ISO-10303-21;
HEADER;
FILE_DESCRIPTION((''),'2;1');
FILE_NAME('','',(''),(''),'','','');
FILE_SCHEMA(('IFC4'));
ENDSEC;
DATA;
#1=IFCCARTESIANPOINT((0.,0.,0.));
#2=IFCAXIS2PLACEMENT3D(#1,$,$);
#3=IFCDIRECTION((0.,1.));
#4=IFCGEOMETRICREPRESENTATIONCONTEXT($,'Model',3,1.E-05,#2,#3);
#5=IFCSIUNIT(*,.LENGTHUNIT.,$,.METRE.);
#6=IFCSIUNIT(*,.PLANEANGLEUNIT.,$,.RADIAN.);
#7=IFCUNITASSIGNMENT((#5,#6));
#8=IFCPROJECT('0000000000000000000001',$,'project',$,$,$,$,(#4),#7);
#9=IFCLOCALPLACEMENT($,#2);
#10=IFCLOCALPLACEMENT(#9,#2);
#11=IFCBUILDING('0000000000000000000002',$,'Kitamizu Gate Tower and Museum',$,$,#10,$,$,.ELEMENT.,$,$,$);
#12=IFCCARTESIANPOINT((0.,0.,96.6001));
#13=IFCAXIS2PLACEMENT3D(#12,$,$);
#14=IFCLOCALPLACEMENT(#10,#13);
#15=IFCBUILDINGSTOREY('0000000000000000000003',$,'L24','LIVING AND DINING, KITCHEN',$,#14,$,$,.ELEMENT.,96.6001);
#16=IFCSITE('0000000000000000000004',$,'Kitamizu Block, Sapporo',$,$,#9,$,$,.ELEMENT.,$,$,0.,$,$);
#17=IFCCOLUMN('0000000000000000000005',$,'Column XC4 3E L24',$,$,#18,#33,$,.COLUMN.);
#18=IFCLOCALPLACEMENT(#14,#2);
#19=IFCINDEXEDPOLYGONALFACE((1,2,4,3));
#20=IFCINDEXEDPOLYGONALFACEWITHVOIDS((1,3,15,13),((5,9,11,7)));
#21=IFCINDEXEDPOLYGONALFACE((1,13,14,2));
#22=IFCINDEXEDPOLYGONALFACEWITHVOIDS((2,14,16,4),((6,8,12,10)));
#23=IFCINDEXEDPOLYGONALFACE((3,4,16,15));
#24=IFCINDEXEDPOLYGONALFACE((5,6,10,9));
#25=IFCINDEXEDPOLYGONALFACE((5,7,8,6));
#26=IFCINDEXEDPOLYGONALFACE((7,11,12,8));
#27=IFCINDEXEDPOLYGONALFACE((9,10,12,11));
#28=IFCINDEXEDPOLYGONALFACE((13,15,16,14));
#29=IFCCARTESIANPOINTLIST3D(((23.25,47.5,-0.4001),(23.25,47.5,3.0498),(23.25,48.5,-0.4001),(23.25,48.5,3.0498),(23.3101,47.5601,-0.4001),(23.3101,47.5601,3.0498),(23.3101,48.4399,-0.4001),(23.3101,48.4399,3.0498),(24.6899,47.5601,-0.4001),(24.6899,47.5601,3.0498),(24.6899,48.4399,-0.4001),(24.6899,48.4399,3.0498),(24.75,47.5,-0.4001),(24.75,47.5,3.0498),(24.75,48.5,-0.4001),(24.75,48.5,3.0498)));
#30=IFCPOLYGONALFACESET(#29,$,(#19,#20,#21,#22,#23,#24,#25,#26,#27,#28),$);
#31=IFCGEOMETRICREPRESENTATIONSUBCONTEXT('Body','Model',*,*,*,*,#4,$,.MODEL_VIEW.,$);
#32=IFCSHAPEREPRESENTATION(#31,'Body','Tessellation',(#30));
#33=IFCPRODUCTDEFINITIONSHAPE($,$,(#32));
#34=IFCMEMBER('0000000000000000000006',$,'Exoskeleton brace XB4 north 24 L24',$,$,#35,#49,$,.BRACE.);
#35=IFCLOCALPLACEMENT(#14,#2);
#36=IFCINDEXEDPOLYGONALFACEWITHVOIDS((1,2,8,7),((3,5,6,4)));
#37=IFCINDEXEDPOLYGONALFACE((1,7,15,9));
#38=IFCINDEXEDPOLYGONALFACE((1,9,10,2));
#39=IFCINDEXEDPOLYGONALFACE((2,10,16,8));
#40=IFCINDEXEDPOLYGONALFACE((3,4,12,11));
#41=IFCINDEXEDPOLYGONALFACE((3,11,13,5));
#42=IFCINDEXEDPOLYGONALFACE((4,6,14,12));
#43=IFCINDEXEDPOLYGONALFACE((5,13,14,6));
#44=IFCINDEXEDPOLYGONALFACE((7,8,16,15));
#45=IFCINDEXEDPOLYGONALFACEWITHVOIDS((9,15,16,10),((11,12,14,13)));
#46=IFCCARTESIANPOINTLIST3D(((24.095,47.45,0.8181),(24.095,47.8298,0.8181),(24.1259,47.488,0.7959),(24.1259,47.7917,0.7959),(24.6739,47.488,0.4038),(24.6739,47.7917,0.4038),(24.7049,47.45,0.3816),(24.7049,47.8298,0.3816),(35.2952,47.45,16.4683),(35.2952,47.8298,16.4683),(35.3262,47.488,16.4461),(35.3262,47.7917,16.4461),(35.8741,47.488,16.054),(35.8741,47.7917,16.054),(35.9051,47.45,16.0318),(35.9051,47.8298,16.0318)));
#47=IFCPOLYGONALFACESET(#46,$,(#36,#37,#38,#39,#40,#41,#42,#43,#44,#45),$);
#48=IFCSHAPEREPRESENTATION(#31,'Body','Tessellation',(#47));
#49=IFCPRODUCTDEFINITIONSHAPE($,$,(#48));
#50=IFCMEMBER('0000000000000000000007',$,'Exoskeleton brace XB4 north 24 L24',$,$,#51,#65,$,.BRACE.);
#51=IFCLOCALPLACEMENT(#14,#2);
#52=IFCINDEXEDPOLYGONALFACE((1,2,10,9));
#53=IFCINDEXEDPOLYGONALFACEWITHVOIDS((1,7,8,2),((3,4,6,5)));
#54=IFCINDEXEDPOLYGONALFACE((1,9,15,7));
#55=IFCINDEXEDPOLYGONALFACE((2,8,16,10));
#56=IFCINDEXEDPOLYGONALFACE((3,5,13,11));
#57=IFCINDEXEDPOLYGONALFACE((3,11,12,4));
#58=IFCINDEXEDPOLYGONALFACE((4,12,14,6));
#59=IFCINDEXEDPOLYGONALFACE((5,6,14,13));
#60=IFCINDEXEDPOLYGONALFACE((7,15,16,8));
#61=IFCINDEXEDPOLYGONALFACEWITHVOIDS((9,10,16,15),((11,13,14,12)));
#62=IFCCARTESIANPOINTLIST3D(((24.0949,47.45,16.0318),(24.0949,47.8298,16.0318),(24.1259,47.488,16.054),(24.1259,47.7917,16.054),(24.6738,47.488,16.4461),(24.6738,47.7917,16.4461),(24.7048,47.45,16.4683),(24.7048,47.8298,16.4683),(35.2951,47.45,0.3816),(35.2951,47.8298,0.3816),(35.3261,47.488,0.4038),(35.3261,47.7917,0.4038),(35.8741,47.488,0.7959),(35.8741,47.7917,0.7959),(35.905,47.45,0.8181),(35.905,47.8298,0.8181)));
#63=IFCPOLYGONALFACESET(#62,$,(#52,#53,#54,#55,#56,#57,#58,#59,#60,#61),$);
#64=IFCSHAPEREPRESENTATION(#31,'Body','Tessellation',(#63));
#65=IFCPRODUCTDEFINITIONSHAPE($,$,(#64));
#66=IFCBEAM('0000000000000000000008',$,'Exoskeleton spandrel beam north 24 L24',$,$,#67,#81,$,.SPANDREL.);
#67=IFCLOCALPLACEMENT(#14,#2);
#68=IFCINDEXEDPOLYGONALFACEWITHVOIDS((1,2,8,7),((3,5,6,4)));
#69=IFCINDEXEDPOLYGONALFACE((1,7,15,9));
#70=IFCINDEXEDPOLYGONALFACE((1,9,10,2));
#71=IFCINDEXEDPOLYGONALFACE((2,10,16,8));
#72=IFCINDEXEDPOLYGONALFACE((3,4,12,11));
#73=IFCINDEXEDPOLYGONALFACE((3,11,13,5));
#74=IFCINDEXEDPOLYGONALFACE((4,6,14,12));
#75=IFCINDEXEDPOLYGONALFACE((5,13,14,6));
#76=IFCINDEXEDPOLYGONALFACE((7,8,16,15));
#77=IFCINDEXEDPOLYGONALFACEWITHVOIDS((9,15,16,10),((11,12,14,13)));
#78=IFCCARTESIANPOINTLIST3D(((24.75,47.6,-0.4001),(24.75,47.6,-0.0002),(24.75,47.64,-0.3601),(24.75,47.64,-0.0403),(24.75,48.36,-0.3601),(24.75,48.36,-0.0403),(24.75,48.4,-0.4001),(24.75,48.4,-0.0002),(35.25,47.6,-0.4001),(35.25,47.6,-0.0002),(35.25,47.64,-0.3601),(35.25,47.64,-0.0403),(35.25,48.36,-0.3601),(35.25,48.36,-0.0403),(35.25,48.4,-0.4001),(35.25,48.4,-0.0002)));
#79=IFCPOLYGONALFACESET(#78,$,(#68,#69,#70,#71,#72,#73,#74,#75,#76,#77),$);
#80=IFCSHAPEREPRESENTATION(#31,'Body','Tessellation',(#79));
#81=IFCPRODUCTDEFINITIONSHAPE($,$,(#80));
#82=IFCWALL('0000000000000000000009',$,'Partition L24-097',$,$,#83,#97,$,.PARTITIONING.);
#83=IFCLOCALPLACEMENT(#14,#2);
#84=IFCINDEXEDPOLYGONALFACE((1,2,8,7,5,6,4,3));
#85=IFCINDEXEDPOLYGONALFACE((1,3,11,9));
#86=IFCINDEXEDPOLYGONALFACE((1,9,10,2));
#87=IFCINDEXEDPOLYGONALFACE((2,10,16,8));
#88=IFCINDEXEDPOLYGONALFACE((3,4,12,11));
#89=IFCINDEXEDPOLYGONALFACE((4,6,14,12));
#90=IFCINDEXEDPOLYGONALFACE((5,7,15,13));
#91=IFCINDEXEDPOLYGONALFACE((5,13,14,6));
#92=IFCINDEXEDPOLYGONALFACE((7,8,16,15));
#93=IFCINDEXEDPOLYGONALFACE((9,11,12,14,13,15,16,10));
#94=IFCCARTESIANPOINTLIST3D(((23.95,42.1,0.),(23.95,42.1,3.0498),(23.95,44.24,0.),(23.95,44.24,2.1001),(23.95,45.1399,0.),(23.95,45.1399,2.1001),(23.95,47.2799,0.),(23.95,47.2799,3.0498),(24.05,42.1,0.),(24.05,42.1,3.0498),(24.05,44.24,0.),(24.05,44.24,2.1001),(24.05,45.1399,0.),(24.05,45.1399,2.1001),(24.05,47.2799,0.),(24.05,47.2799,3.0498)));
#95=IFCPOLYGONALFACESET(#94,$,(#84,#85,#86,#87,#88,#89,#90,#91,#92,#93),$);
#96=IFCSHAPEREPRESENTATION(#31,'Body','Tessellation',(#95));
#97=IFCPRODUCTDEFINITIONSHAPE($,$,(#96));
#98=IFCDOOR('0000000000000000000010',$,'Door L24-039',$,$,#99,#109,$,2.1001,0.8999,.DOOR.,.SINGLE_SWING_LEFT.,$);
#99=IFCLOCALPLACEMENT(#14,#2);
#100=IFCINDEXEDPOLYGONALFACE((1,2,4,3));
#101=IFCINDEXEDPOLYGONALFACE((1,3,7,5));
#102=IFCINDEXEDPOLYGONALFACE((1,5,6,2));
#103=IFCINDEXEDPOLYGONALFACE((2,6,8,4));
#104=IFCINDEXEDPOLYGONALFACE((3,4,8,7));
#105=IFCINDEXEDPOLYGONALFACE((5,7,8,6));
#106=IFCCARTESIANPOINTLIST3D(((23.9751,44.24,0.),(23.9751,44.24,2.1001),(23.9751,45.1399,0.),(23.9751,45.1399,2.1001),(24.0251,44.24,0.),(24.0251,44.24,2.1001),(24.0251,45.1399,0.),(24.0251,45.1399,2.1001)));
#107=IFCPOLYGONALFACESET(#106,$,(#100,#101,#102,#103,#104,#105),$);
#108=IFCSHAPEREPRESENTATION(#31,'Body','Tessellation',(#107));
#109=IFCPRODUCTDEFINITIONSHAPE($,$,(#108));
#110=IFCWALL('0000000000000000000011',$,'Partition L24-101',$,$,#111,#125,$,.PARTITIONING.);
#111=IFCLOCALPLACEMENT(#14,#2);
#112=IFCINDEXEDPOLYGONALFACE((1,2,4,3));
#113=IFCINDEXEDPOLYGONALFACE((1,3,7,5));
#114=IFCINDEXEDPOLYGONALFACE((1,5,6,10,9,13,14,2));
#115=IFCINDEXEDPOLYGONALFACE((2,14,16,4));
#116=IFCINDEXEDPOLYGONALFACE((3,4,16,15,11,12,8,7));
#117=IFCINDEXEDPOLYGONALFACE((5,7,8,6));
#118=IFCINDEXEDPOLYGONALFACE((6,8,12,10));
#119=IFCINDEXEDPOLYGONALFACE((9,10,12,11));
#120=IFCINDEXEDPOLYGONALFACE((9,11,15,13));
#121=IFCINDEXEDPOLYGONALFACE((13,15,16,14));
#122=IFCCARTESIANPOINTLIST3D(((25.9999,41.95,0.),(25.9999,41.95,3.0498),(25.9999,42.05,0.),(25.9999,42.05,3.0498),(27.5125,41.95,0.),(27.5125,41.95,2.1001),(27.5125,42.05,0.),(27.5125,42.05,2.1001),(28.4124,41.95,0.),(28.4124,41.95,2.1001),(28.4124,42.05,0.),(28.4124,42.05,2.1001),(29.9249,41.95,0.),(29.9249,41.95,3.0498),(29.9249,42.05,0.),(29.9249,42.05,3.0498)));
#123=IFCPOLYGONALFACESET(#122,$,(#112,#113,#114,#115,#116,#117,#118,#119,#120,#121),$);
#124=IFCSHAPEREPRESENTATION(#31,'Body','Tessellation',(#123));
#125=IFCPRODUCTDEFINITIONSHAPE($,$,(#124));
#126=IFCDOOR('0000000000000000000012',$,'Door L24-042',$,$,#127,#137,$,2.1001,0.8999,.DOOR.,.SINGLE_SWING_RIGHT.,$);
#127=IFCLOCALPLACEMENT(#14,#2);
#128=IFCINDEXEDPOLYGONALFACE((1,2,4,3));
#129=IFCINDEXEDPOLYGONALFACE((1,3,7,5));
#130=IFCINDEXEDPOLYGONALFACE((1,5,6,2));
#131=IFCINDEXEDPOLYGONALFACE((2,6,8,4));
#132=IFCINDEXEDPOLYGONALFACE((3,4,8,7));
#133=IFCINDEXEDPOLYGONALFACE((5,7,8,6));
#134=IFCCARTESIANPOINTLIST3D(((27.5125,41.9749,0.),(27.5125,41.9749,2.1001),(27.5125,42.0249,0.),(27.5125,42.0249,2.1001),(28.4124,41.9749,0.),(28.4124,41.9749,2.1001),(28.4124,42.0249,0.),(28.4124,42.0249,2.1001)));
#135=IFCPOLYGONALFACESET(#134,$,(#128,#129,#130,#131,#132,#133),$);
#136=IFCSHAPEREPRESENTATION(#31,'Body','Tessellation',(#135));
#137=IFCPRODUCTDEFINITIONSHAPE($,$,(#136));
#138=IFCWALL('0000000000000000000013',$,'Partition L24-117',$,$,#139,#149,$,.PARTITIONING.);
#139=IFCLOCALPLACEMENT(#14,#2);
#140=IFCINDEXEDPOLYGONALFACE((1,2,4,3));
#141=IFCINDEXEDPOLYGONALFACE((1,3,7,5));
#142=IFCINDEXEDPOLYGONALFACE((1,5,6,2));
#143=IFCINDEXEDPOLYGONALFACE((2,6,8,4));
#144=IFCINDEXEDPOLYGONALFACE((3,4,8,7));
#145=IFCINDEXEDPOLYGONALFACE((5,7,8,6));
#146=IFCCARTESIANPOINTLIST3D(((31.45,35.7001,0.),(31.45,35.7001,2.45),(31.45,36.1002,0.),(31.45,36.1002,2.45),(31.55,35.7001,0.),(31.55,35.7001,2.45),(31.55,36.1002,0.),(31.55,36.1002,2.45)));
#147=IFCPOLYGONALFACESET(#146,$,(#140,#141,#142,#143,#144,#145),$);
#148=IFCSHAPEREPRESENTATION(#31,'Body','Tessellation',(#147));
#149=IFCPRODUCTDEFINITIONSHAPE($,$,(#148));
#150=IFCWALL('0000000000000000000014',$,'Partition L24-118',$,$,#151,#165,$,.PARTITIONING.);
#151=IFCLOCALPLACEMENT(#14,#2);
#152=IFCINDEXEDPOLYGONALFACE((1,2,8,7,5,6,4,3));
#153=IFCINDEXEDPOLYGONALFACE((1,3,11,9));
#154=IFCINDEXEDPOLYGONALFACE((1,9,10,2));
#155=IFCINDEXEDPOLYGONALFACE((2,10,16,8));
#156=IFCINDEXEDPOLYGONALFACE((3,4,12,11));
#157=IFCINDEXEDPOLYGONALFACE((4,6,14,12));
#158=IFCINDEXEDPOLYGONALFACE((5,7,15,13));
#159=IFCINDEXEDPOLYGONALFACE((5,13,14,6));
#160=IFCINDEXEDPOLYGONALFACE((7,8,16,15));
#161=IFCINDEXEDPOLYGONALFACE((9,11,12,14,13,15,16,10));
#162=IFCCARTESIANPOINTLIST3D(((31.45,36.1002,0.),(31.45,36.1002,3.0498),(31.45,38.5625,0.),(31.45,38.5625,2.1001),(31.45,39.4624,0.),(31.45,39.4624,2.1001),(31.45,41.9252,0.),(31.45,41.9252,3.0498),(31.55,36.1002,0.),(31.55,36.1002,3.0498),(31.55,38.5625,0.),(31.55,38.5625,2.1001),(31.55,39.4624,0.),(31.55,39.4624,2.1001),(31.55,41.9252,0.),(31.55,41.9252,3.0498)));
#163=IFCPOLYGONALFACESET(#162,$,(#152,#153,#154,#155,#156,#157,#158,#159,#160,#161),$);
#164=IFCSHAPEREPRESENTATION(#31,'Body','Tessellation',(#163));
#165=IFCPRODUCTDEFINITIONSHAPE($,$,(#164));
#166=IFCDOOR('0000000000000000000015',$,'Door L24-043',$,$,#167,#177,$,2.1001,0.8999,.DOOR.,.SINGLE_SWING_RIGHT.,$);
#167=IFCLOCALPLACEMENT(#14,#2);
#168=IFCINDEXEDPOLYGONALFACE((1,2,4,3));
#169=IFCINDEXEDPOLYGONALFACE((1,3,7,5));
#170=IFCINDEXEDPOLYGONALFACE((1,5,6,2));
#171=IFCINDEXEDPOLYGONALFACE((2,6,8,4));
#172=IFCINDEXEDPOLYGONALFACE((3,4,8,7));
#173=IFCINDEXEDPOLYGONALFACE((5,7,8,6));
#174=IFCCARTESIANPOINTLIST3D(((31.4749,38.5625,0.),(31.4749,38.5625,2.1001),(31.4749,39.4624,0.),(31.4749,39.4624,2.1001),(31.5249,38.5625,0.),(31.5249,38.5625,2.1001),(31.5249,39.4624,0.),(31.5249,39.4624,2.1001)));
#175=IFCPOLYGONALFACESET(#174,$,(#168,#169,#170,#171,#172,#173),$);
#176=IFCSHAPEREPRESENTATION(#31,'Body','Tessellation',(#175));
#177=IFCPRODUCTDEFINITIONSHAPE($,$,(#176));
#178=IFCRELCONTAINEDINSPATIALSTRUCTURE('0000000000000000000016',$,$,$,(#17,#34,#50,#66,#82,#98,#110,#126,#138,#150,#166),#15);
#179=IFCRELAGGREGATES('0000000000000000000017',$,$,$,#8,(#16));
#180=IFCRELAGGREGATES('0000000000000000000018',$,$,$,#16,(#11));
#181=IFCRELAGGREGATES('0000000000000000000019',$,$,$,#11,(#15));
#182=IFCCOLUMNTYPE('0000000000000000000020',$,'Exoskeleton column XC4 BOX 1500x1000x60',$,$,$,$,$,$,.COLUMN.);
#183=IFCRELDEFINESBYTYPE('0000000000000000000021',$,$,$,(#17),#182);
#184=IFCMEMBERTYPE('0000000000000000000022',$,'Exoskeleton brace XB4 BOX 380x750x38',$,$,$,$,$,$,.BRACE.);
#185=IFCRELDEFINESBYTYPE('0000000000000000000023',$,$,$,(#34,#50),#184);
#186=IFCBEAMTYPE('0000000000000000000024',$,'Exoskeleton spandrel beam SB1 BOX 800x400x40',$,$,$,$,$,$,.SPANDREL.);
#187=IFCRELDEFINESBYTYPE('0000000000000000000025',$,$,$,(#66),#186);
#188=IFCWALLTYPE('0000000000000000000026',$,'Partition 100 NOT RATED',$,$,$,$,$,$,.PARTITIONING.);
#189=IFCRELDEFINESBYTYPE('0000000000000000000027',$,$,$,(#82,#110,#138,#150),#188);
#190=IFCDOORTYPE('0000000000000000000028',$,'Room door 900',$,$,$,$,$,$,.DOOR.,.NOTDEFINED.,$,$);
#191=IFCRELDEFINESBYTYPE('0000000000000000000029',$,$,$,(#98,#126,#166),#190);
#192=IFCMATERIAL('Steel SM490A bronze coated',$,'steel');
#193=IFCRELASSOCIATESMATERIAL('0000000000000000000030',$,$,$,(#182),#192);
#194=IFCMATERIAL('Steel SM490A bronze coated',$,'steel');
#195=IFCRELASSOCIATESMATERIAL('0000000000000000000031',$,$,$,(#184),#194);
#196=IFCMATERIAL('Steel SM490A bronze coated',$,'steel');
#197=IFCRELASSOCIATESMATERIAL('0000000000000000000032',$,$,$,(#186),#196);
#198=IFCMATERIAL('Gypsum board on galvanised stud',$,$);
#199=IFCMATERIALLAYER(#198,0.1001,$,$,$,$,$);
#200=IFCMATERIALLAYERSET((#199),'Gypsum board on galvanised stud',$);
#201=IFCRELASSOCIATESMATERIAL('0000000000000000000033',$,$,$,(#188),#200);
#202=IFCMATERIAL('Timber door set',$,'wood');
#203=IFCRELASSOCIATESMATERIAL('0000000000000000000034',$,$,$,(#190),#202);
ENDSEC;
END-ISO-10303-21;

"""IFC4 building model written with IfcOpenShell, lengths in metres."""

from ifc_helpers import new_model, si_unit, direction, frame, frame_2d, origin, origin_2d, place, context, subcontext, project, spatial, rectangle, hollow_rectangle, extrude, material, layer, layer_set, material_profile, profile_set, type_object, element, fill, save


model = new_model("IFC4")

# Units and contexts
model_context = context("Model", 3, precision=1e-05, world=origin(), true_north=direction((0.0, 1.0)))
body_context = subcontext(model_context, "Body", "Model", "MODEL_VIEW")
ifc_project = project(units=[si_unit("LENGTHUNIT", "METRE"), si_unit("PLANEANGLEUNIT", "RADIAN")], contexts=[model_context])

# Site, building, storey
site_placement = place(None, origin())
site = spatial("IfcSite", under=ifc_project, at=site_placement, Name="Kitamizu Block, Sapporo", CompositionType="ELEMENT", RefElevation=0.0)
building_placement = place(site_placement, origin())
building = spatial("IfcBuilding", under=site, at=building_placement, Name="Kitamizu Gate Tower and Museum", CompositionType="ELEMENT")
storey_placement = place(building_placement, frame((0.0, 0.0, 96.6001)))
storey = spatial("IfcBuildingStorey", under=building, at=storey_placement, Name="L24", Description="LIVING AND DINING, KITCHEN", CompositionType="ELEMENT", Elevation=96.6001)

# Column
ifc_material_1 = material(Name="Steel SM490A bronze coated", Category="steel")
ifc_material_profile_1 = material_profile(ifc_material_1, hollow_rectangle(XDim=1.5, YDim=1.0, WallThickness=0.0601, at=origin_2d()), Name="BOX 1500x1000x60")
ifc_profile_set_1 = profile_set([ifc_material_profile_1], Name="Steel SM490A bronze coated")
column_type = type_object("IfcColumnType", Name="Exoskeleton column XC4 BOX 1500x1000x60", PredefinedType="COLUMN", material=ifc_profile_set_1)
column_placement = place(storey_placement, frame((24.0, 48.0, -0.4001), z_axis=(0.0, 0.0, 1.0), x_axis=(1.0, 0.0, 0.0)))
element("IfcColumn", 1, at=column_placement, inside=storey, type_object=column_type, Name="Column XC4 3E L24", PredefinedType="COLUMN", context=body_context, shape_type="SweptSolid", body=[
    extrude(hollow_rectangle(XDim=1.5, YDim=1.0, WallThickness=0.0601, at=origin_2d()), origin(), (0.0, 0.0, 1.0), 3.45),
])

# Members
ifc_material_2 = material(Name="Steel SM490A bronze coated", Category="steel")
ifc_material_profile_2 = material_profile(ifc_material_2, hollow_rectangle(XDim=0.3799, YDim=0.75, WallThickness=0.0381, at=origin_2d()), Name="BOX 380x750x38")
ifc_profile_set_2 = profile_set([ifc_material_profile_2], Name="Steel SM490A bronze coated")
member_type = type_object("IfcMemberType", Name="Exoskeleton brace XB4 BOX 380x750x38", PredefinedType="BRACE", material=ifc_profile_set_2)
for number, where, z_axis, x_axis, name in (
    (2, (24.3999, 47.6399, 0.5999), (0.581978, 0.0, 0.813204), (0.0, 1.0, 0.0), "Exoskeleton brace XB4 north 24 L24"),
    (3, (35.6001, 47.6399, 0.5999), (-0.581978, 0.0, 0.813204), (0.0, -1.0, 0.0), "Exoskeleton brace XB4 north 24 L24"),
):
    element("IfcMember", number, at=place(storey_placement, frame(where, z_axis=z_axis, x_axis=x_axis)), inside=storey, type_object=member_type, Name=name, PredefinedType="BRACE", context=body_context, shape_type="SweptSolid", body=[
        extrude(hollow_rectangle(XDim=0.3799, YDim=0.75, WallThickness=0.0381, at=origin_2d()), origin(), (0.0, 0.0, 1.0), 19.2451),
    ])

# Beam
ifc_material_3 = material(Name="Steel SM490A bronze coated", Category="steel")
ifc_material_profile_3 = material_profile(ifc_material_3, hollow_rectangle(XDim=0.8, YDim=0.3999, WallThickness=0.04, at=origin_2d()), Name="BOX 800x400x40")
ifc_profile_set_3 = profile_set([ifc_material_profile_3], Name="Steel SM490A bronze coated")
beam_type = type_object("IfcBeamType", Name="Exoskeleton spandrel beam SB1 BOX 800x400x40", PredefinedType="SPANDREL", material=ifc_profile_set_3)
beam_placement = place(storey_placement, frame((24.75, 48.0, -0.2002), z_axis=(1.0, 0.0, 0.0), x_axis=(0.0, 1.0, 0.0)))
element("IfcBeam", 4, at=beam_placement, inside=storey, type_object=beam_type, Name="Exoskeleton spandrel beam north 24 L24", PredefinedType="SPANDREL", context=body_context, shape_type="SweptSolid", body=[
    extrude(hollow_rectangle(XDim=0.8, YDim=0.3999, WallThickness=0.04, at=origin_2d()), origin(), (0.0, 0.0, 1.0), 10.5),
])

# Walls, openings, doors
ifc_material_4 = material(Name="Gypsum board on galvanised stud")
ifc_layer_1 = layer(ifc_material_4, 0.1001)
ifc_layer_set_1 = layer_set([ifc_layer_1], Name="Gypsum board on galvanised stud")
wall_type_1 = type_object("IfcWallType", Name="Partition 100 NOT RATED", PredefinedType="PARTITIONING", material=ifc_layer_set_1)
wall_1_placement = place(storey_placement, frame((24.0, 42.1001, 0.0), z_axis=(0.0, 0.0, 1.0), x_axis=(0.0, 1.0, 0.0)))
wall_1 = element("IfcWall", 5, at=wall_1_placement, inside=storey, type_object=wall_type_1, Name="Partition L24-097", PredefinedType="PARTITIONING", context=body_context, shape_type="SweptSolid", body=[
    extrude(rectangle(XDim=5.1799, YDim=0.1001, at=frame_2d((2.5898, 0.0))), origin(), (0.0, 0.0, 1.0), 3.0498),
])
opening_1_placement = place(wall_1_placement, frame((2.1399, 0.0, 0.0)))
opening_1 = element("IfcOpeningElement", 6, at=opening_1_placement, cuts=wall_1, PredefinedType="OPENING", context=body_context, shape_type="SweptSolid", body=[
    extrude(rectangle(XDim=0.8999, YDim=2.1001, at=frame_2d((0.45, 1.05))), frame((0.0, 0.0601, 0.0), z_axis=(0.0, -1.0, 0.0), x_axis=(1.0, 0.0, 0.0)), (0.0, 0.0, 1.0), 0.1201),
])
ifc_material_5 = material(Name="Timber door set", Category="wood")
door_type_1 = type_object("IfcDoorType", Name="Room door 900", OperationType="NOTDEFINED", PredefinedType="DOOR", material=ifc_material_5)
door_1_placement = place(opening_1_placement, origin())
door_1 = element("IfcDoor", 7, at=door_1_placement, inside=storey, type_object=door_type_1, Name="Door L24-039", OperationType="SINGLE_SWING_LEFT", OverallHeight=2.1001, OverallWidth=0.8999, PredefinedType="DOOR", context=body_context, shape_type="SweptSolid", body=[
    extrude(rectangle(XDim=0.8999, YDim=2.1001, at=frame_2d((0.45, 1.05))), frame((0.0, 0.0249, 0.0), z_axis=(0.0, -1.0, 0.0), x_axis=(1.0, 0.0, 0.0)), (0.0, 0.0, 1.0), 0.05),
])
fill(opening_1, door_1)
wall_2_placement = place(storey_placement, frame((26.0, 42.0, 0.0), z_axis=(0.0, 0.0, 1.0), x_axis=(1.0, 0.0, 0.0)))
wall_2 = element("IfcWall", 8, at=wall_2_placement, inside=storey, type_object=wall_type_1, Name="Partition L24-101", PredefinedType="PARTITIONING", context=body_context, shape_type="SweptSolid", body=[
    extrude(rectangle(XDim=3.925, YDim=0.1001, at=frame_2d((1.9624, 0.0))), origin(), (0.0, 0.0, 1.0), 3.0498),
])
opening_2_placement = place(wall_2_placement, frame((1.5125, 0.0, 0.0)))
opening_2 = element("IfcOpeningElement", 9, at=opening_2_placement, cuts=wall_2, PredefinedType="OPENING", context=body_context, shape_type="SweptSolid", body=[
    extrude(rectangle(XDim=0.8999, YDim=2.1001, at=frame_2d((0.45, 1.05))), frame((0.0, 0.0601, 0.0), z_axis=(0.0, -1.0, 0.0), x_axis=(1.0, 0.0, 0.0)), (0.0, 0.0, 1.0), 0.1201),
])
door_2_placement = place(opening_2_placement, origin())
door_2 = element("IfcDoor", 10, at=door_2_placement, inside=storey, type_object=door_type_1, Name="Door L24-042", OperationType="SINGLE_SWING_RIGHT", OverallHeight=2.1001, OverallWidth=0.8999, PredefinedType="DOOR", context=body_context, shape_type="SweptSolid", body=[
    extrude(rectangle(XDim=0.8999, YDim=2.1001, at=frame_2d((0.45, 1.05))), frame((0.0, 0.0249, 0.0), z_axis=(0.0, -1.0, 0.0), x_axis=(1.0, 0.0, 0.0)), (0.0, 0.0, 1.0), 0.05),
])
fill(opening_2, door_2)

# Wall
wall_3_placement = place(storey_placement, frame((31.5, 35.7, 0.0), z_axis=(0.0, 0.0, 1.0), x_axis=(0.0, 1.0, 0.0)))
element("IfcWall", 11, at=wall_3_placement, inside=storey, type_object=wall_type_1, Name="Partition L24-117", PredefinedType="PARTITIONING", context=body_context, shape_type="SweptSolid", body=[
    extrude(rectangle(XDim=0.4001, YDim=0.1001, at=frame_2d((0.2002, 0.0))), origin(), (0.0, 0.0, 1.0), 2.45),
])

# Wall, opening, door
wall_4_placement = place(storey_placement, frame((31.5, 36.1001, 0.0), z_axis=(0.0, 0.0, 1.0), x_axis=(0.0, 1.0, 0.0)))
wall_4 = element("IfcWall", 12, at=wall_4_placement, inside=storey, type_object=wall_type_1, Name="Partition L24-118", PredefinedType="PARTITIONING", context=body_context, shape_type="SweptSolid", body=[
    extrude(rectangle(XDim=5.825, YDim=0.1001, at=frame_2d((2.9126, 0.0))), origin(), (0.0, 0.0, 1.0), 3.0498),
])
opening_3_placement = place(wall_4_placement, frame((2.4624, 0.0, 0.0)))
opening_3 = element("IfcOpeningElement", 13, at=opening_3_placement, cuts=wall_4, PredefinedType="OPENING", context=body_context, shape_type="SweptSolid", body=[
    extrude(rectangle(XDim=0.8999, YDim=2.1001, at=frame_2d((0.45, 1.05))), frame((0.0, 0.0601, 0.0), z_axis=(0.0, -1.0, 0.0), x_axis=(1.0, 0.0, 0.0)), (0.0, 0.0, 1.0), 0.1201),
])
door_3_placement = place(opening_3_placement, frame((0.8999, 0.0, 0.0), x_axis=(-1.0, 0.0, 0.0)))
door_3 = element("IfcDoor", 14, at=door_3_placement, inside=storey, type_object=door_type_1, Name="Door L24-043", OperationType="SINGLE_SWING_RIGHT", OverallHeight=2.1001, OverallWidth=0.8999, PredefinedType="DOOR", context=body_context, shape_type="SweptSolid", body=[
    extrude(rectangle(XDim=0.8999, YDim=2.1001, at=frame_2d((0.45, 1.05))), frame((0.0, 0.0249, 0.0), z_axis=(0.0, -1.0, 0.0), x_axis=(1.0, 0.0, 0.0)), (0.0, 0.0, 1.0), 0.05),
])
fill(opening_3, door_3)

save(model, "model.ifc")
